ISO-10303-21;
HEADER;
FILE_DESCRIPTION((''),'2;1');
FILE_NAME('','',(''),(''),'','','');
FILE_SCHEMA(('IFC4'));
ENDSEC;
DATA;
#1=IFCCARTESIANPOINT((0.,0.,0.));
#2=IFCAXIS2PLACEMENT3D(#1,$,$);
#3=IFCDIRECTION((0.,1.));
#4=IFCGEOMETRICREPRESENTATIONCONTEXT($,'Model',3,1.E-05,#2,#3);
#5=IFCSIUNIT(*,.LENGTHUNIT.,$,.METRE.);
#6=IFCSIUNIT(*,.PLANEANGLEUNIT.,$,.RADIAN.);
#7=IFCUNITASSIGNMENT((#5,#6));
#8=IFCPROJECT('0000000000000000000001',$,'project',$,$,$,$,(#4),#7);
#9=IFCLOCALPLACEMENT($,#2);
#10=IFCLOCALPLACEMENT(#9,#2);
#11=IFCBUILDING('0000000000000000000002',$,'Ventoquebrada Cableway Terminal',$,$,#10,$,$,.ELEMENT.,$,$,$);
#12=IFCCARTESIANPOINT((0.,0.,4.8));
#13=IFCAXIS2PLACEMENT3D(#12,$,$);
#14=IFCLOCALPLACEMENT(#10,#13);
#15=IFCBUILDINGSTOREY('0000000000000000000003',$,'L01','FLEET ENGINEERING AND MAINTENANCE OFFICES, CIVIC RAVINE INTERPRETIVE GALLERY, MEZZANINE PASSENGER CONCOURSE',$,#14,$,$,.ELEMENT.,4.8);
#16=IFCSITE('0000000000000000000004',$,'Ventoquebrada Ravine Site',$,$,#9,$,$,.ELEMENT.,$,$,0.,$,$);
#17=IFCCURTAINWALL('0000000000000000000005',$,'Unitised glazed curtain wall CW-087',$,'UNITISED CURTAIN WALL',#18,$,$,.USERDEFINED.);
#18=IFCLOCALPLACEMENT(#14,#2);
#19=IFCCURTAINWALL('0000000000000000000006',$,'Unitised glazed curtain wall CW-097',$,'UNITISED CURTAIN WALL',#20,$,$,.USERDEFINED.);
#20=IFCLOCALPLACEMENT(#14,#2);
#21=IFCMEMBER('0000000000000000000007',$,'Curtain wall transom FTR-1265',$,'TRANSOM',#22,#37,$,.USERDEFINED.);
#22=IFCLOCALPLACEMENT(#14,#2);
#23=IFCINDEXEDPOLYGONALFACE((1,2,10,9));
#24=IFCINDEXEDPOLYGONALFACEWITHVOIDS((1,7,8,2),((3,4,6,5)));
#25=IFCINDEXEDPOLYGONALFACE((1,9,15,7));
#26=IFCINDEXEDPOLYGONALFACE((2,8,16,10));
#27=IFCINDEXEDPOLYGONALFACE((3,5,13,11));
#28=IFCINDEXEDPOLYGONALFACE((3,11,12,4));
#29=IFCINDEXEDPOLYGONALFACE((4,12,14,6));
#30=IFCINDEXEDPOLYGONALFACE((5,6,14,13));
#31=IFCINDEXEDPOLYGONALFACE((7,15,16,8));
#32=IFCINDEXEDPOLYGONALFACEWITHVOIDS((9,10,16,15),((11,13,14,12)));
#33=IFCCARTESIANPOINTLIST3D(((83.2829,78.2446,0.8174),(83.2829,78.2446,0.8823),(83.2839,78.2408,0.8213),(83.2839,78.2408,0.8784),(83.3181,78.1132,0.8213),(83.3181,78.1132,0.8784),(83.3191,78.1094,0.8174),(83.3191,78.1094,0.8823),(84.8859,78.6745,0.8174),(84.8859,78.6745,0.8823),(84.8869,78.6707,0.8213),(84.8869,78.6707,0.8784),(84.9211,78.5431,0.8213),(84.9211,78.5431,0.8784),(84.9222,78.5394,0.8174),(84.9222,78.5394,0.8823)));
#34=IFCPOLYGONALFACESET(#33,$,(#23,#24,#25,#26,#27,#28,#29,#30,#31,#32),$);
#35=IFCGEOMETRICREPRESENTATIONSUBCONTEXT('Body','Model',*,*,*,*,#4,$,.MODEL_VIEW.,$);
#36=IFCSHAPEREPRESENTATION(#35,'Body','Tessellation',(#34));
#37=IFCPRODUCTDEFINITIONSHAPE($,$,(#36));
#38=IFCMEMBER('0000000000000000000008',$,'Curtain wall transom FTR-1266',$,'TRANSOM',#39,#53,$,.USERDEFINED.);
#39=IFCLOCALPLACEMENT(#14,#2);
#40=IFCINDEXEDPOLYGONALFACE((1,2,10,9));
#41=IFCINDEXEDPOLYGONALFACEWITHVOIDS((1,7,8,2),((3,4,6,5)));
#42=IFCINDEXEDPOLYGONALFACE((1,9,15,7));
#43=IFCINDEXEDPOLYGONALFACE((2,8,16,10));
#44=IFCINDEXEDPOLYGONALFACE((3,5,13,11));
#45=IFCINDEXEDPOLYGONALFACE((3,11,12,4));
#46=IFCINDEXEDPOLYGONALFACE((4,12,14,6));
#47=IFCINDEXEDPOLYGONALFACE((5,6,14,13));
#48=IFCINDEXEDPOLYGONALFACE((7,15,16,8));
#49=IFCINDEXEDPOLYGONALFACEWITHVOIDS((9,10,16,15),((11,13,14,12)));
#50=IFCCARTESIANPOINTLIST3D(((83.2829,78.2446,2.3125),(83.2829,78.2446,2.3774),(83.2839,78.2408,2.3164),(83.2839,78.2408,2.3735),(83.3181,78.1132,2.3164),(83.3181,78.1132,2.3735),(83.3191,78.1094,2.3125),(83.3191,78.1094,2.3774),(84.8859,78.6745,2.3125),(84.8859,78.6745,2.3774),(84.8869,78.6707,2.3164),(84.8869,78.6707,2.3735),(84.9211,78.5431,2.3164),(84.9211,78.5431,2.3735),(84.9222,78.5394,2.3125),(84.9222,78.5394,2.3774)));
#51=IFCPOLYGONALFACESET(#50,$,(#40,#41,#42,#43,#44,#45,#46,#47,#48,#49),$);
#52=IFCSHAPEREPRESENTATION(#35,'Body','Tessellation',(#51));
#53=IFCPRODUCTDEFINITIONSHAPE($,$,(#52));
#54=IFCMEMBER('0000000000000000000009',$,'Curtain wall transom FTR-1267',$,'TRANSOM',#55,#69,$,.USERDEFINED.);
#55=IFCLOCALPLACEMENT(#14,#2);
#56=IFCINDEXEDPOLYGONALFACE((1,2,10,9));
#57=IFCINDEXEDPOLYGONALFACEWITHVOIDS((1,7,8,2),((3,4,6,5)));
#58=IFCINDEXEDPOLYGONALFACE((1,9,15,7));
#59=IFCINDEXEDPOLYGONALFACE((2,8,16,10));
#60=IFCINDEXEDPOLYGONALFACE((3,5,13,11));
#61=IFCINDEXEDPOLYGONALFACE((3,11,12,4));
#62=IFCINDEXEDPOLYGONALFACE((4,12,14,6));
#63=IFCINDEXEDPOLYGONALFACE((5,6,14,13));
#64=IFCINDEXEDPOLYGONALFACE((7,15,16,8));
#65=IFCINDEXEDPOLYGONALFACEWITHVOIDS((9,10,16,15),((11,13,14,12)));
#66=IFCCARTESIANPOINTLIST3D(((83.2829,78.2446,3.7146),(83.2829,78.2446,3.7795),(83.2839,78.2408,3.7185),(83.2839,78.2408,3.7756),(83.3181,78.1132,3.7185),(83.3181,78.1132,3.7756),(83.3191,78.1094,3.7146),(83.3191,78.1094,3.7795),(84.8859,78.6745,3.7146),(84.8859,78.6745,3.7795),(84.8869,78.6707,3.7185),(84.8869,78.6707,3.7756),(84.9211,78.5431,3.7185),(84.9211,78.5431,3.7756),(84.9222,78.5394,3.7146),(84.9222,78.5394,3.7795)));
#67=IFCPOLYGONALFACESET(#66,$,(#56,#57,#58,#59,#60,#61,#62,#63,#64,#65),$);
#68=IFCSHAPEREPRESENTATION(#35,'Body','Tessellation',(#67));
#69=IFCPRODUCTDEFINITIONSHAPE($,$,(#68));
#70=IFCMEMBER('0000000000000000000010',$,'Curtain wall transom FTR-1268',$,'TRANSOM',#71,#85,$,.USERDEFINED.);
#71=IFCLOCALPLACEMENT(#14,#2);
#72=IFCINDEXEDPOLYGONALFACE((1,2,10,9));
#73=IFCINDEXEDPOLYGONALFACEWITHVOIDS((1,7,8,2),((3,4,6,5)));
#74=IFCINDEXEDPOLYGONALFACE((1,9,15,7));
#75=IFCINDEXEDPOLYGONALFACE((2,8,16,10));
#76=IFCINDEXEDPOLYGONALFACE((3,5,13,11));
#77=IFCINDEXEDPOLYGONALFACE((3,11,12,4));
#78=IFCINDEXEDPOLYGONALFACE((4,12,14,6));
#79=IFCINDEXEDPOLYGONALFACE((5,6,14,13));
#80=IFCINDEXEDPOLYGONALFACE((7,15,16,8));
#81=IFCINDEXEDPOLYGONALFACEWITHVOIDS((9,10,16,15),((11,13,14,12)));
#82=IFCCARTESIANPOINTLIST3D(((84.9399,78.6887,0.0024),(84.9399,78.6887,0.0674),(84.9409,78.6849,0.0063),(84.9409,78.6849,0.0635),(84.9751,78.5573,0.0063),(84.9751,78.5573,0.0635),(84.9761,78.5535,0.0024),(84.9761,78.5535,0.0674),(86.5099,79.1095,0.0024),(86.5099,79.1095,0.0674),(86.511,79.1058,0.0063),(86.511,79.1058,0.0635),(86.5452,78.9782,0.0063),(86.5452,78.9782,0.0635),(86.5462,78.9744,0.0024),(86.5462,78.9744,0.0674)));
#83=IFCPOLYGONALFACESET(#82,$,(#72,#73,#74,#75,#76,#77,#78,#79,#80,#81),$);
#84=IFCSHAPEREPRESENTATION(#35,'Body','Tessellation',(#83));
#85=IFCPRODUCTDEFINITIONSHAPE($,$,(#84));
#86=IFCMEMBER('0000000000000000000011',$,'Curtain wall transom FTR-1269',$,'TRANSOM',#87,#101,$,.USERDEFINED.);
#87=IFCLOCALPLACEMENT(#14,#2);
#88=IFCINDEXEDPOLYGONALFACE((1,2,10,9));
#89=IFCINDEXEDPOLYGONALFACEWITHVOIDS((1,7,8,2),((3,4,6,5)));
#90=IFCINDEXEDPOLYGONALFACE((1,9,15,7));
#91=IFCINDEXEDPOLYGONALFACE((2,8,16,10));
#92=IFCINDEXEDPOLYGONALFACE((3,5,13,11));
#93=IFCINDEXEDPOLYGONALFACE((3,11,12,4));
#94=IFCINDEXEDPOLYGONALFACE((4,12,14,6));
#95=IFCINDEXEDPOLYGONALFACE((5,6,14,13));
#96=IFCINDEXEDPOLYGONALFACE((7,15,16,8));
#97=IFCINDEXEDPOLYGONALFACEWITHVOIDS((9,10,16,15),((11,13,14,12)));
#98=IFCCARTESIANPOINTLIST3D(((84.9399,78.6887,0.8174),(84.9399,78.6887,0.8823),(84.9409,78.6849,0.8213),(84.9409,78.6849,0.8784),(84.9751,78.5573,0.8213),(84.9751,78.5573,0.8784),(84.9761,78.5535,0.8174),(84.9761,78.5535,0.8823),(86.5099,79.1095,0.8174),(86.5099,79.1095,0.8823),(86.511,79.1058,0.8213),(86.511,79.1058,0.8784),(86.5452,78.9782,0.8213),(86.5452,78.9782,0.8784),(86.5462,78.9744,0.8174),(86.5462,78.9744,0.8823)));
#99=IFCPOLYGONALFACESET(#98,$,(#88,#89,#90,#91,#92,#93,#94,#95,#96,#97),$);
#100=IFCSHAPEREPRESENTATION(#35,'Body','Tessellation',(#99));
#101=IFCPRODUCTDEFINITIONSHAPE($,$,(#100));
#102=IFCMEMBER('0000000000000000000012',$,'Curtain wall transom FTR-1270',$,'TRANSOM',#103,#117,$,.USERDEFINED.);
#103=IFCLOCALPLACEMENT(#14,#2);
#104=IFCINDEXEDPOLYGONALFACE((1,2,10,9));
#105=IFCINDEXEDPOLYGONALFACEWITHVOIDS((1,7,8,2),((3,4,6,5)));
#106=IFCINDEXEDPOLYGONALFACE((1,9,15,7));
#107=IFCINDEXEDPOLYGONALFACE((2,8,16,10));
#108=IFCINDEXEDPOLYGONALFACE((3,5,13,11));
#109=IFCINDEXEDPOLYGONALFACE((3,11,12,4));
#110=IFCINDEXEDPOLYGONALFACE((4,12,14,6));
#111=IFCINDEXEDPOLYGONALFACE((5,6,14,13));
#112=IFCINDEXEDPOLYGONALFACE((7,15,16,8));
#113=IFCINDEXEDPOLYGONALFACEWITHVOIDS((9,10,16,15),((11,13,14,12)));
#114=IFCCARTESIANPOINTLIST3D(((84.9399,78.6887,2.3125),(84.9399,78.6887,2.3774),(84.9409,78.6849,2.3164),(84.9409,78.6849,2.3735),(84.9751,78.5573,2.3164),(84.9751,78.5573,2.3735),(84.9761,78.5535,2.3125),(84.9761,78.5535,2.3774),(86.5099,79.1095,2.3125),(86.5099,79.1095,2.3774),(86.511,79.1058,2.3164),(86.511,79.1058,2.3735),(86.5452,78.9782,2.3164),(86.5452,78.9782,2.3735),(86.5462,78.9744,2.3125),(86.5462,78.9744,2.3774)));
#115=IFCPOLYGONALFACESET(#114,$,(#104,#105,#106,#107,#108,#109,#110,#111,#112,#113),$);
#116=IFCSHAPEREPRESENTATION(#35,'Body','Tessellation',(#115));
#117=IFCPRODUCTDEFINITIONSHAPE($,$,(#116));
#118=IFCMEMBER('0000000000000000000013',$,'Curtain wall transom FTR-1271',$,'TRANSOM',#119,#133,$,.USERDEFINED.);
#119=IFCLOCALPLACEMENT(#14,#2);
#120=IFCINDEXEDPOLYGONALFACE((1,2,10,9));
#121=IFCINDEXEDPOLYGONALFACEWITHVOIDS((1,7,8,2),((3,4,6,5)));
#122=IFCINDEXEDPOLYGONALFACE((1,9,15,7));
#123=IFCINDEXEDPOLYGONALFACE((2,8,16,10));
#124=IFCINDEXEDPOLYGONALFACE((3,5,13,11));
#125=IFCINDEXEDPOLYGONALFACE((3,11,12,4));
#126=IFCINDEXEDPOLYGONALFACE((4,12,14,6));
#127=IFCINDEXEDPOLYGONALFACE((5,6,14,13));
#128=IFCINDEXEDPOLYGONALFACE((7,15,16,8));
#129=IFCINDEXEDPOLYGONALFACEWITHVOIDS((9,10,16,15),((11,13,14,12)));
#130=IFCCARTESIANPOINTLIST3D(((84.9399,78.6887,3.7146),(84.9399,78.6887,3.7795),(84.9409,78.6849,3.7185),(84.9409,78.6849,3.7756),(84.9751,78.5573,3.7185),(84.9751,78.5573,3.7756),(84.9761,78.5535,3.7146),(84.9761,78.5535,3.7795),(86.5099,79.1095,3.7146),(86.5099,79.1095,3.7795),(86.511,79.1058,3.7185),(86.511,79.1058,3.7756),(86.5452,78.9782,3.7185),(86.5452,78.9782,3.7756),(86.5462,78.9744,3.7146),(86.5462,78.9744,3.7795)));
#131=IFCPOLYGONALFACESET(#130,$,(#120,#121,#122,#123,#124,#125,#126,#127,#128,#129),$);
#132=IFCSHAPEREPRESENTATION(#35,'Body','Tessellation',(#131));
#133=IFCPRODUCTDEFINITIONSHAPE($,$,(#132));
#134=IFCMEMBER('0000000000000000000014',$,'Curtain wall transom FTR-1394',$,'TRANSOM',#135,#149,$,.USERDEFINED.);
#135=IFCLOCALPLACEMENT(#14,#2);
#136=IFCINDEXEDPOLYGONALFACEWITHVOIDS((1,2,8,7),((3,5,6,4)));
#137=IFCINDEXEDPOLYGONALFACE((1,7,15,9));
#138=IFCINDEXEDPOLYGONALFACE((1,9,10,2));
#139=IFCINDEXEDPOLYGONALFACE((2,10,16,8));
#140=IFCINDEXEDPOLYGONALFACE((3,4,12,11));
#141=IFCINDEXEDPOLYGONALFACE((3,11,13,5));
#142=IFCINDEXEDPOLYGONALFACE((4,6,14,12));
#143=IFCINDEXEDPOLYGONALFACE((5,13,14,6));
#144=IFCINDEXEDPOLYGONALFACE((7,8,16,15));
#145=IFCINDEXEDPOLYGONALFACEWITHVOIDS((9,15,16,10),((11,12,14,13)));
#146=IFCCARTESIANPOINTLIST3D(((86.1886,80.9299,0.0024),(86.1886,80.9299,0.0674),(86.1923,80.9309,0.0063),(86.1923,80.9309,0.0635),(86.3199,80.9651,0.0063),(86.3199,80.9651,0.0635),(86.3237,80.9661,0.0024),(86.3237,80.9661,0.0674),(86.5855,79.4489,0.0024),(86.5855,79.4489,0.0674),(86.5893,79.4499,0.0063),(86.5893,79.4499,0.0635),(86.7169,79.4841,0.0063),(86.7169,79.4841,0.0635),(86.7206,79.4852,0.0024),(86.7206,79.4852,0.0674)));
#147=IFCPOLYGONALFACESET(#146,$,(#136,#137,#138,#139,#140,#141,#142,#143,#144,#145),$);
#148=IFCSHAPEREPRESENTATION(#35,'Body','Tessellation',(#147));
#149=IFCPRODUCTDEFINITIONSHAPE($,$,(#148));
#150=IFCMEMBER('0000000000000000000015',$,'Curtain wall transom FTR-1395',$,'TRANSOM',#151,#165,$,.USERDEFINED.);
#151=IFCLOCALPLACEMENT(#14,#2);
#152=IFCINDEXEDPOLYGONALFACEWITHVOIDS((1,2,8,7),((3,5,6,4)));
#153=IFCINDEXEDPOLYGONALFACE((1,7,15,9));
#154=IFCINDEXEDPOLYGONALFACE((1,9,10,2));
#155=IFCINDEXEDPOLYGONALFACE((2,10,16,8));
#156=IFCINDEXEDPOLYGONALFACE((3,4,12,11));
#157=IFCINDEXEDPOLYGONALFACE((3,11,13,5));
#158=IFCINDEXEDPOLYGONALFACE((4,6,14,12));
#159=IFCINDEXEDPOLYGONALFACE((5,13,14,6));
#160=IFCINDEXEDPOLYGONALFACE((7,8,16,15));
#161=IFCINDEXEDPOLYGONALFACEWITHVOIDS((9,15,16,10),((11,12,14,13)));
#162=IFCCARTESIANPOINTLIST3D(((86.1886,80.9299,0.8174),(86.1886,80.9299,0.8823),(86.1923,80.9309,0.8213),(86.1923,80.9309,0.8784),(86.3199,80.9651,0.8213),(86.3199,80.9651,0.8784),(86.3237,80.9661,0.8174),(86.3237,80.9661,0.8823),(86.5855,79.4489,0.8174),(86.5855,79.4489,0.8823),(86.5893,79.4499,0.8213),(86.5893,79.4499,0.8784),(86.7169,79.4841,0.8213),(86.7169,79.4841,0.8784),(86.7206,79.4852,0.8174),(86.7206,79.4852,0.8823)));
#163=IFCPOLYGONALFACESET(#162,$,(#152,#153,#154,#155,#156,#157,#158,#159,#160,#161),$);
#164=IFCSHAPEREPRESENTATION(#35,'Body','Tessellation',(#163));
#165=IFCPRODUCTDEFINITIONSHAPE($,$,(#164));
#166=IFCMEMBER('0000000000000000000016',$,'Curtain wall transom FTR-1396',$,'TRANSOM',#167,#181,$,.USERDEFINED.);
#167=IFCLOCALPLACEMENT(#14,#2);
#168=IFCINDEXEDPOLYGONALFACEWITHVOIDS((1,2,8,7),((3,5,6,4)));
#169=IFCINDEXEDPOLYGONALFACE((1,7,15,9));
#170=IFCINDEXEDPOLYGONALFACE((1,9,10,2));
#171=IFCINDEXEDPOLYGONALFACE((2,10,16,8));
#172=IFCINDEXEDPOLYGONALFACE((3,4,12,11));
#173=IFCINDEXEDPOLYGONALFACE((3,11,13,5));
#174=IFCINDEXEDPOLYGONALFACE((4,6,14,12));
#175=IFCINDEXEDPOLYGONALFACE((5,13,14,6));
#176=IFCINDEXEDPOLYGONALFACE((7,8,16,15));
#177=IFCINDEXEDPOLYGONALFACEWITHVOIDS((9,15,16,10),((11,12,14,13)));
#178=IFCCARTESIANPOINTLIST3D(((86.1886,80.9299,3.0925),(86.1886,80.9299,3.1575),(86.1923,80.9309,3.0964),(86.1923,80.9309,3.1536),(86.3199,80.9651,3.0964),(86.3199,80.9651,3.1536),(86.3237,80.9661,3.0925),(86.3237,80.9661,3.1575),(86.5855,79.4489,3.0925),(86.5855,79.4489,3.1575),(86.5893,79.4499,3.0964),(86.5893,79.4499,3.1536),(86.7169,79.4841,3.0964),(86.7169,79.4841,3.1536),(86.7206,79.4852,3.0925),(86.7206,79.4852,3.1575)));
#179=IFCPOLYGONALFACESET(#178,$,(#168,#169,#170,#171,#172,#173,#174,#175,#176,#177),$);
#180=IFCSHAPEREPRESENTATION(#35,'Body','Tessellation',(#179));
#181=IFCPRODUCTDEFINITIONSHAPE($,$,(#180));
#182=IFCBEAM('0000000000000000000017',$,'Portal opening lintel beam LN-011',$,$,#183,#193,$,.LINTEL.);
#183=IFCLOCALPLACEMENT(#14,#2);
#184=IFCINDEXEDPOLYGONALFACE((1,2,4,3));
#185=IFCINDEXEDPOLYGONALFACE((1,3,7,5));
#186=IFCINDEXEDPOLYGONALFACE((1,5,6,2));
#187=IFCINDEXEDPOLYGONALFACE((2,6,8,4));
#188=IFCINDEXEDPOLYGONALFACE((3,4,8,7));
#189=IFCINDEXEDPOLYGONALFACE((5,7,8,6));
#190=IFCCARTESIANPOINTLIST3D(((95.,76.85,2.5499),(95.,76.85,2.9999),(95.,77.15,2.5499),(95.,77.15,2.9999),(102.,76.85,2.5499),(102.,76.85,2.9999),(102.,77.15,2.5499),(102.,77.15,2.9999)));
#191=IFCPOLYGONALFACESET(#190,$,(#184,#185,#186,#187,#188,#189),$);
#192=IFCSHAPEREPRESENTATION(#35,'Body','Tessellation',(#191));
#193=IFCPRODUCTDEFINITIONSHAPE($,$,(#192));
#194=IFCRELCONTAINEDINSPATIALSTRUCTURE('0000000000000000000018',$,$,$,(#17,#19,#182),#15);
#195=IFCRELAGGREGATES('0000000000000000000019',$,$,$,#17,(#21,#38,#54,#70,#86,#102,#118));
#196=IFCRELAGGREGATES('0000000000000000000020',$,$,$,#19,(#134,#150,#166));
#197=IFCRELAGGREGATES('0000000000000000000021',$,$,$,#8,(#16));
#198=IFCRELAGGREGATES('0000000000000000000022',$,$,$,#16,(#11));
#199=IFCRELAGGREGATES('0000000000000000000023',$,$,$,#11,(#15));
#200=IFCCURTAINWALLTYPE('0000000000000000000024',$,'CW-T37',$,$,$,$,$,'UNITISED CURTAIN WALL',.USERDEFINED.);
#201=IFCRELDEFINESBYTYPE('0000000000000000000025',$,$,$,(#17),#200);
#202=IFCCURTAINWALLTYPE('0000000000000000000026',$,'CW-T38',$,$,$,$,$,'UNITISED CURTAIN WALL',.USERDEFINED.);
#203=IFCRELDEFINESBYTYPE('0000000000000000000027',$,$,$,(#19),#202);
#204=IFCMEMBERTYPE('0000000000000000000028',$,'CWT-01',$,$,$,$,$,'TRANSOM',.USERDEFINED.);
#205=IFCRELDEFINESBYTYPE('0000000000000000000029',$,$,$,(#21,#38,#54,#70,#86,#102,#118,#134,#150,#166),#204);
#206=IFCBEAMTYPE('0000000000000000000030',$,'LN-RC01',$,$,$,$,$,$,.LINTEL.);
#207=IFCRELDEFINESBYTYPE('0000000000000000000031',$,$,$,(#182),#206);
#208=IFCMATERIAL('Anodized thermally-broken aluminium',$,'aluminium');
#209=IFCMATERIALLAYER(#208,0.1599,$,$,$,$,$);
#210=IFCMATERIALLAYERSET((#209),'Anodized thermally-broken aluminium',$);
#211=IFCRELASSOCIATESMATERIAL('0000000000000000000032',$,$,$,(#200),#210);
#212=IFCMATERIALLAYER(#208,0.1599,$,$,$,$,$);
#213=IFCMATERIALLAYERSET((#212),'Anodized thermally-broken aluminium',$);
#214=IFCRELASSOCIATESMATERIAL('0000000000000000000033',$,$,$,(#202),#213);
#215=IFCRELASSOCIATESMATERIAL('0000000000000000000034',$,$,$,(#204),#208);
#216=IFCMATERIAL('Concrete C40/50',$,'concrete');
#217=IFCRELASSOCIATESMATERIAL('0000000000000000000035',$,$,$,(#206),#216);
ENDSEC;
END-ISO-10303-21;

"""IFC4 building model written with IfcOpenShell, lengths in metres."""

from ifc_helpers import new_model, si_unit, direction, frame, origin, origin_2d, place, context, subcontext, project, spatial, rectangle, hollow_rectangle, extrude, material, layer, layer_set, material_profile, profile_set, type_object, element, aggregate, save


model = new_model("IFC4")

# Units and contexts
model_context = context("Model", 3, precision=1e-05, world=origin(), true_north=direction((0.0, 1.0)))
body_context = subcontext(model_context, "Body", "Model", "MODEL_VIEW")
ifc_project = project(units=[si_unit("LENGTHUNIT", "METRE"), si_unit("PLANEANGLEUNIT", "RADIAN")], contexts=[model_context])

# Site, building, storey
site_placement = place(None, origin())
site = spatial("IfcSite", under=ifc_project, at=site_placement, Name="Ventoquebrada Ravine Site", CompositionType="ELEMENT", RefElevation=0.0)
building_placement = place(site_placement, origin())
building = spatial("IfcBuilding", under=site, at=building_placement, Name="Ventoquebrada Cableway Terminal", CompositionType="ELEMENT")
storey_placement = place(building_placement, frame((0.0, 0.0, 4.8)))
storey = spatial("IfcBuildingStorey", under=building, at=storey_placement, Name="L01", Description="FLEET ENGINEERING AND MAINTENANCE OFFICES, CIVIC RAVINE INTERPRETIVE GALLERY, MEZZANINE PASSENGER CONCOURSE", CompositionType="ELEMENT", Elevation=4.8)

# Shared definitions
ifc_material_1 = material(Name="Concrete C40/50", Category="concrete")

# Curtain wall
ifc_material_2 = material(Name="Anodized thermally-broken aluminium", Category="aluminium")
ifc_layer_1 = layer(ifc_material_2, 0.1599)
ifc_layer_set_1 = layer_set([ifc_layer_1], Name="Anodized thermally-broken aluminium")
curtain_wall_type_1 = type_object("IfcCurtainWallType", Name="CW-T37", ElementType="UNITISED CURTAIN WALL", PredefinedType="USERDEFINED", material=ifc_layer_set_1)
curtain_wall_1_placement = place(storey_placement, origin())
curtain_wall_1 = element("IfcCurtainWall", 1, at=curtain_wall_1_placement, inside=storey, type_object=curtain_wall_type_1, Name="Unitised glazed curtain wall CW-087", ObjectType="UNITISED CURTAIN WALL", PredefinedType="USERDEFINED")

# Curtain wall
ifc_layer_2 = layer(ifc_material_2, 0.1599)
ifc_layer_set_2 = layer_set([ifc_layer_2], Name="Anodized thermally-broken aluminium")
curtain_wall_type_2 = type_object("IfcCurtainWallType", Name="CW-T38", ElementType="UNITISED CURTAIN WALL", PredefinedType="USERDEFINED", material=ifc_layer_set_2)
curtain_wall_2_placement = place(storey_placement, origin())
curtain_wall_2 = element("IfcCurtainWall", 2, at=curtain_wall_2_placement, inside=storey, type_object=curtain_wall_type_2, Name="Unitised glazed curtain wall CW-097", ObjectType="UNITISED CURTAIN WALL", PredefinedType="USERDEFINED")

# Members
ifc_material_profile_1 = material_profile(ifc_material_2, hollow_rectangle(XDim=0.0649, YDim=0.1399, WallThickness=0.0039, at=origin_2d()), Name="CW-TRN-65X140")
ifc_profile_set_1 = profile_set([ifc_material_profile_1], Name="Anodized thermally-broken aluminium")
member_type_1 = type_object("IfcMemberType", Name="CWT-01", ElementType="TRANSOM", PredefinedType="USERDEFINED", material=ifc_profile_set_1)
member_1_placement = place(storey_placement, frame((83.301, 78.177, 0.8499), z_axis=(0.965865, 0.259045, 0.0), x_axis=(0.0, 0.0, 1.0)))
member_1 = element("IfcMember", 3, at=member_1_placement, type_object=member_type_1, Name="Curtain wall transom FTR-1265", ObjectType="TRANSOM", PredefinedType="USERDEFINED", context=body_context, shape_type="SweptSolid", body=[
    extrude(hollow_rectangle(XDim=0.0649, YDim=0.1399, WallThickness=0.0039, at=origin_2d()), origin(), (0.0, 0.0, 1.0), 1.6597),
])
member_2_placement = place(storey_placement, frame((83.301, 78.177, 2.345), z_axis=(0.965865, 0.259045, 0.0), x_axis=(0.0, 0.0, 1.0)))
member_2 = element("IfcMember", 4, at=member_2_placement, type_object=member_type_1, Name="Curtain wall transom FTR-1266", ObjectType="TRANSOM", PredefinedType="USERDEFINED", context=body_context, shape_type="SweptSolid", body=[
    extrude(hollow_rectangle(XDim=0.0649, YDim=0.1399, WallThickness=0.0039, at=origin_2d()), origin(), (0.0, 0.0, 1.0), 1.6597),
])
member_3_placement = place(storey_placement, frame((83.301, 78.177, 3.7471), z_axis=(0.965865, 0.259045, 0.0), x_axis=(0.0, 0.0, 1.0)))
member_3 = element("IfcMember", 5, at=member_3_placement, type_object=member_type_1, Name="Curtain wall transom FTR-1267", ObjectType="TRANSOM", PredefinedType="USERDEFINED", context=body_context, shape_type="SweptSolid", body=[
    extrude(hollow_rectangle(XDim=0.0649, YDim=0.1399, WallThickness=0.0039, at=origin_2d()), origin(), (0.0, 0.0, 1.0), 1.6597),
])
member_4_placement = place(storey_placement, frame((84.958, 78.6211, 0.0349), z_axis=(0.965895, 0.258934, 0.0), x_axis=(0.0, 0.0, 1.0)))
member_4 = element("IfcMember", 6, at=member_4_placement, type_object=member_type_1, Name="Curtain wall transom FTR-1268", ObjectType="TRANSOM", PredefinedType="USERDEFINED", context=body_context, shape_type="SweptSolid", body=[
    extrude(hollow_rectangle(XDim=0.0649, YDim=0.1399, WallThickness=0.0039, at=origin_2d()), origin(), (0.0, 0.0, 1.0), 1.6255),
])
member_5_placement = place(storey_placement, frame((84.958, 78.6211, 0.8499), z_axis=(0.965895, 0.258934, 0.0), x_axis=(0.0, 0.0, 1.0)))
member_5 = element("IfcMember", 7, at=member_5_placement, type_object=member_type_1, Name="Curtain wall transom FTR-1269", ObjectType="TRANSOM", PredefinedType="USERDEFINED", context=body_context, shape_type="SweptSolid", body=[
    extrude(hollow_rectangle(XDim=0.0649, YDim=0.1399, WallThickness=0.0039, at=origin_2d()), origin(), (0.0, 0.0, 1.0), 1.6255),
])
member_6_placement = place(storey_placement, frame((84.958, 78.6211, 2.345), z_axis=(0.965895, 0.258934, 0.0), x_axis=(0.0, 0.0, 1.0)))
member_6 = element("IfcMember", 8, at=member_6_placement, type_object=member_type_1, Name="Curtain wall transom FTR-1270", ObjectType="TRANSOM", PredefinedType="USERDEFINED", context=body_context, shape_type="SweptSolid", body=[
    extrude(hollow_rectangle(XDim=0.0649, YDim=0.1399, WallThickness=0.0039, at=origin_2d()), origin(), (0.0, 0.0, 1.0), 1.6255),
])
member_7_placement = place(storey_placement, frame((84.958, 78.6211, 3.7471), z_axis=(0.965895, 0.258934, 0.0), x_axis=(0.0, 0.0, 1.0)))
member_7 = element("IfcMember", 9, at=member_7_placement, type_object=member_type_1, Name="Curtain wall transom FTR-1271", ObjectType="TRANSOM", PredefinedType="USERDEFINED", context=body_context, shape_type="SweptSolid", body=[
    extrude(hollow_rectangle(XDim=0.0649, YDim=0.1399, WallThickness=0.0039, at=origin_2d()), origin(), (0.0, 0.0, 1.0), 1.6255),
])
member_8_placement = place(storey_placement, frame((86.6531, 79.467, 0.0349), z_axis=(-0.258911, 0.965901, 0.0), x_axis=(0.0, 0.0, 1.0)))
member_8 = element("IfcMember", 10, at=member_8_placement, type_object=member_type_1, Name="Curtain wall transom FTR-1394", ObjectType="TRANSOM", PredefinedType="USERDEFINED", context=body_context, shape_type="SweptSolid", body=[
    extrude(hollow_rectangle(XDim=0.0649, YDim=0.1399, WallThickness=0.0039, at=origin_2d()), origin(), (0.0, 0.0, 1.0), 1.5332),
])
member_9_placement = place(storey_placement, frame((86.6531, 79.467, 0.8499), z_axis=(-0.258911, 0.965901, 0.0), x_axis=(0.0, 0.0, 1.0)))
member_9 = element("IfcMember", 11, at=member_9_placement, type_object=member_type_1, Name="Curtain wall transom FTR-1395", ObjectType="TRANSOM", PredefinedType="USERDEFINED", context=body_context, shape_type="SweptSolid", body=[
    extrude(hollow_rectangle(XDim=0.0649, YDim=0.1399, WallThickness=0.0039, at=origin_2d()), origin(), (0.0, 0.0, 1.0), 1.5332),
])
member_10_placement = place(storey_placement, frame((86.6531, 79.467, 3.125), z_axis=(-0.258911, 0.965901, 0.0), x_axis=(0.0, 0.0, 1.0)))
member_10 = element("IfcMember", 12, at=member_10_placement, type_object=member_type_1, Name="Curtain wall transom FTR-1396", ObjectType="TRANSOM", PredefinedType="USERDEFINED", context=body_context, shape_type="SweptSolid", body=[
    extrude(hollow_rectangle(XDim=0.0649, YDim=0.1399, WallThickness=0.0039, at=origin_2d()), origin(), (0.0, 0.0, 1.0), 1.5332),
])

# Beam
ifc_material_profile_2 = material_profile(ifc_material_1, rectangle(XDim=0.3, YDim=0.45, at=origin_2d()), Name="RC-LNT-300X450")
ifc_profile_set_2 = profile_set([ifc_material_profile_2], Name="Concrete C40/50")
beam_type_1 = type_object("IfcBeamType", Name="LN-RC01", PredefinedType="LINTEL", material=ifc_profile_set_2)
beam_1_placement = place(storey_placement, frame((95.0, 77.0, 2.7749), z_axis=(1.0, 0.0, 0.0), x_axis=(0.0, 1.0, 0.0)))
element("IfcBeam", 13, at=beam_1_placement, inside=storey, type_object=beam_type_1, Name="Portal opening lintel beam LN-011", PredefinedType="LINTEL", context=body_context, shape_type="SweptSolid", body=[
    extrude(rectangle(XDim=0.3, YDim=0.45, at=origin_2d()), origin(), (0.0, 0.0, 1.0), 7.0),
])

aggregate(curtain_wall_1, [member_1, member_2, member_3, member_4, member_5, member_6, member_7])
aggregate(curtain_wall_2, [member_8, member_9, member_10])

save(model, "model.ifc")
